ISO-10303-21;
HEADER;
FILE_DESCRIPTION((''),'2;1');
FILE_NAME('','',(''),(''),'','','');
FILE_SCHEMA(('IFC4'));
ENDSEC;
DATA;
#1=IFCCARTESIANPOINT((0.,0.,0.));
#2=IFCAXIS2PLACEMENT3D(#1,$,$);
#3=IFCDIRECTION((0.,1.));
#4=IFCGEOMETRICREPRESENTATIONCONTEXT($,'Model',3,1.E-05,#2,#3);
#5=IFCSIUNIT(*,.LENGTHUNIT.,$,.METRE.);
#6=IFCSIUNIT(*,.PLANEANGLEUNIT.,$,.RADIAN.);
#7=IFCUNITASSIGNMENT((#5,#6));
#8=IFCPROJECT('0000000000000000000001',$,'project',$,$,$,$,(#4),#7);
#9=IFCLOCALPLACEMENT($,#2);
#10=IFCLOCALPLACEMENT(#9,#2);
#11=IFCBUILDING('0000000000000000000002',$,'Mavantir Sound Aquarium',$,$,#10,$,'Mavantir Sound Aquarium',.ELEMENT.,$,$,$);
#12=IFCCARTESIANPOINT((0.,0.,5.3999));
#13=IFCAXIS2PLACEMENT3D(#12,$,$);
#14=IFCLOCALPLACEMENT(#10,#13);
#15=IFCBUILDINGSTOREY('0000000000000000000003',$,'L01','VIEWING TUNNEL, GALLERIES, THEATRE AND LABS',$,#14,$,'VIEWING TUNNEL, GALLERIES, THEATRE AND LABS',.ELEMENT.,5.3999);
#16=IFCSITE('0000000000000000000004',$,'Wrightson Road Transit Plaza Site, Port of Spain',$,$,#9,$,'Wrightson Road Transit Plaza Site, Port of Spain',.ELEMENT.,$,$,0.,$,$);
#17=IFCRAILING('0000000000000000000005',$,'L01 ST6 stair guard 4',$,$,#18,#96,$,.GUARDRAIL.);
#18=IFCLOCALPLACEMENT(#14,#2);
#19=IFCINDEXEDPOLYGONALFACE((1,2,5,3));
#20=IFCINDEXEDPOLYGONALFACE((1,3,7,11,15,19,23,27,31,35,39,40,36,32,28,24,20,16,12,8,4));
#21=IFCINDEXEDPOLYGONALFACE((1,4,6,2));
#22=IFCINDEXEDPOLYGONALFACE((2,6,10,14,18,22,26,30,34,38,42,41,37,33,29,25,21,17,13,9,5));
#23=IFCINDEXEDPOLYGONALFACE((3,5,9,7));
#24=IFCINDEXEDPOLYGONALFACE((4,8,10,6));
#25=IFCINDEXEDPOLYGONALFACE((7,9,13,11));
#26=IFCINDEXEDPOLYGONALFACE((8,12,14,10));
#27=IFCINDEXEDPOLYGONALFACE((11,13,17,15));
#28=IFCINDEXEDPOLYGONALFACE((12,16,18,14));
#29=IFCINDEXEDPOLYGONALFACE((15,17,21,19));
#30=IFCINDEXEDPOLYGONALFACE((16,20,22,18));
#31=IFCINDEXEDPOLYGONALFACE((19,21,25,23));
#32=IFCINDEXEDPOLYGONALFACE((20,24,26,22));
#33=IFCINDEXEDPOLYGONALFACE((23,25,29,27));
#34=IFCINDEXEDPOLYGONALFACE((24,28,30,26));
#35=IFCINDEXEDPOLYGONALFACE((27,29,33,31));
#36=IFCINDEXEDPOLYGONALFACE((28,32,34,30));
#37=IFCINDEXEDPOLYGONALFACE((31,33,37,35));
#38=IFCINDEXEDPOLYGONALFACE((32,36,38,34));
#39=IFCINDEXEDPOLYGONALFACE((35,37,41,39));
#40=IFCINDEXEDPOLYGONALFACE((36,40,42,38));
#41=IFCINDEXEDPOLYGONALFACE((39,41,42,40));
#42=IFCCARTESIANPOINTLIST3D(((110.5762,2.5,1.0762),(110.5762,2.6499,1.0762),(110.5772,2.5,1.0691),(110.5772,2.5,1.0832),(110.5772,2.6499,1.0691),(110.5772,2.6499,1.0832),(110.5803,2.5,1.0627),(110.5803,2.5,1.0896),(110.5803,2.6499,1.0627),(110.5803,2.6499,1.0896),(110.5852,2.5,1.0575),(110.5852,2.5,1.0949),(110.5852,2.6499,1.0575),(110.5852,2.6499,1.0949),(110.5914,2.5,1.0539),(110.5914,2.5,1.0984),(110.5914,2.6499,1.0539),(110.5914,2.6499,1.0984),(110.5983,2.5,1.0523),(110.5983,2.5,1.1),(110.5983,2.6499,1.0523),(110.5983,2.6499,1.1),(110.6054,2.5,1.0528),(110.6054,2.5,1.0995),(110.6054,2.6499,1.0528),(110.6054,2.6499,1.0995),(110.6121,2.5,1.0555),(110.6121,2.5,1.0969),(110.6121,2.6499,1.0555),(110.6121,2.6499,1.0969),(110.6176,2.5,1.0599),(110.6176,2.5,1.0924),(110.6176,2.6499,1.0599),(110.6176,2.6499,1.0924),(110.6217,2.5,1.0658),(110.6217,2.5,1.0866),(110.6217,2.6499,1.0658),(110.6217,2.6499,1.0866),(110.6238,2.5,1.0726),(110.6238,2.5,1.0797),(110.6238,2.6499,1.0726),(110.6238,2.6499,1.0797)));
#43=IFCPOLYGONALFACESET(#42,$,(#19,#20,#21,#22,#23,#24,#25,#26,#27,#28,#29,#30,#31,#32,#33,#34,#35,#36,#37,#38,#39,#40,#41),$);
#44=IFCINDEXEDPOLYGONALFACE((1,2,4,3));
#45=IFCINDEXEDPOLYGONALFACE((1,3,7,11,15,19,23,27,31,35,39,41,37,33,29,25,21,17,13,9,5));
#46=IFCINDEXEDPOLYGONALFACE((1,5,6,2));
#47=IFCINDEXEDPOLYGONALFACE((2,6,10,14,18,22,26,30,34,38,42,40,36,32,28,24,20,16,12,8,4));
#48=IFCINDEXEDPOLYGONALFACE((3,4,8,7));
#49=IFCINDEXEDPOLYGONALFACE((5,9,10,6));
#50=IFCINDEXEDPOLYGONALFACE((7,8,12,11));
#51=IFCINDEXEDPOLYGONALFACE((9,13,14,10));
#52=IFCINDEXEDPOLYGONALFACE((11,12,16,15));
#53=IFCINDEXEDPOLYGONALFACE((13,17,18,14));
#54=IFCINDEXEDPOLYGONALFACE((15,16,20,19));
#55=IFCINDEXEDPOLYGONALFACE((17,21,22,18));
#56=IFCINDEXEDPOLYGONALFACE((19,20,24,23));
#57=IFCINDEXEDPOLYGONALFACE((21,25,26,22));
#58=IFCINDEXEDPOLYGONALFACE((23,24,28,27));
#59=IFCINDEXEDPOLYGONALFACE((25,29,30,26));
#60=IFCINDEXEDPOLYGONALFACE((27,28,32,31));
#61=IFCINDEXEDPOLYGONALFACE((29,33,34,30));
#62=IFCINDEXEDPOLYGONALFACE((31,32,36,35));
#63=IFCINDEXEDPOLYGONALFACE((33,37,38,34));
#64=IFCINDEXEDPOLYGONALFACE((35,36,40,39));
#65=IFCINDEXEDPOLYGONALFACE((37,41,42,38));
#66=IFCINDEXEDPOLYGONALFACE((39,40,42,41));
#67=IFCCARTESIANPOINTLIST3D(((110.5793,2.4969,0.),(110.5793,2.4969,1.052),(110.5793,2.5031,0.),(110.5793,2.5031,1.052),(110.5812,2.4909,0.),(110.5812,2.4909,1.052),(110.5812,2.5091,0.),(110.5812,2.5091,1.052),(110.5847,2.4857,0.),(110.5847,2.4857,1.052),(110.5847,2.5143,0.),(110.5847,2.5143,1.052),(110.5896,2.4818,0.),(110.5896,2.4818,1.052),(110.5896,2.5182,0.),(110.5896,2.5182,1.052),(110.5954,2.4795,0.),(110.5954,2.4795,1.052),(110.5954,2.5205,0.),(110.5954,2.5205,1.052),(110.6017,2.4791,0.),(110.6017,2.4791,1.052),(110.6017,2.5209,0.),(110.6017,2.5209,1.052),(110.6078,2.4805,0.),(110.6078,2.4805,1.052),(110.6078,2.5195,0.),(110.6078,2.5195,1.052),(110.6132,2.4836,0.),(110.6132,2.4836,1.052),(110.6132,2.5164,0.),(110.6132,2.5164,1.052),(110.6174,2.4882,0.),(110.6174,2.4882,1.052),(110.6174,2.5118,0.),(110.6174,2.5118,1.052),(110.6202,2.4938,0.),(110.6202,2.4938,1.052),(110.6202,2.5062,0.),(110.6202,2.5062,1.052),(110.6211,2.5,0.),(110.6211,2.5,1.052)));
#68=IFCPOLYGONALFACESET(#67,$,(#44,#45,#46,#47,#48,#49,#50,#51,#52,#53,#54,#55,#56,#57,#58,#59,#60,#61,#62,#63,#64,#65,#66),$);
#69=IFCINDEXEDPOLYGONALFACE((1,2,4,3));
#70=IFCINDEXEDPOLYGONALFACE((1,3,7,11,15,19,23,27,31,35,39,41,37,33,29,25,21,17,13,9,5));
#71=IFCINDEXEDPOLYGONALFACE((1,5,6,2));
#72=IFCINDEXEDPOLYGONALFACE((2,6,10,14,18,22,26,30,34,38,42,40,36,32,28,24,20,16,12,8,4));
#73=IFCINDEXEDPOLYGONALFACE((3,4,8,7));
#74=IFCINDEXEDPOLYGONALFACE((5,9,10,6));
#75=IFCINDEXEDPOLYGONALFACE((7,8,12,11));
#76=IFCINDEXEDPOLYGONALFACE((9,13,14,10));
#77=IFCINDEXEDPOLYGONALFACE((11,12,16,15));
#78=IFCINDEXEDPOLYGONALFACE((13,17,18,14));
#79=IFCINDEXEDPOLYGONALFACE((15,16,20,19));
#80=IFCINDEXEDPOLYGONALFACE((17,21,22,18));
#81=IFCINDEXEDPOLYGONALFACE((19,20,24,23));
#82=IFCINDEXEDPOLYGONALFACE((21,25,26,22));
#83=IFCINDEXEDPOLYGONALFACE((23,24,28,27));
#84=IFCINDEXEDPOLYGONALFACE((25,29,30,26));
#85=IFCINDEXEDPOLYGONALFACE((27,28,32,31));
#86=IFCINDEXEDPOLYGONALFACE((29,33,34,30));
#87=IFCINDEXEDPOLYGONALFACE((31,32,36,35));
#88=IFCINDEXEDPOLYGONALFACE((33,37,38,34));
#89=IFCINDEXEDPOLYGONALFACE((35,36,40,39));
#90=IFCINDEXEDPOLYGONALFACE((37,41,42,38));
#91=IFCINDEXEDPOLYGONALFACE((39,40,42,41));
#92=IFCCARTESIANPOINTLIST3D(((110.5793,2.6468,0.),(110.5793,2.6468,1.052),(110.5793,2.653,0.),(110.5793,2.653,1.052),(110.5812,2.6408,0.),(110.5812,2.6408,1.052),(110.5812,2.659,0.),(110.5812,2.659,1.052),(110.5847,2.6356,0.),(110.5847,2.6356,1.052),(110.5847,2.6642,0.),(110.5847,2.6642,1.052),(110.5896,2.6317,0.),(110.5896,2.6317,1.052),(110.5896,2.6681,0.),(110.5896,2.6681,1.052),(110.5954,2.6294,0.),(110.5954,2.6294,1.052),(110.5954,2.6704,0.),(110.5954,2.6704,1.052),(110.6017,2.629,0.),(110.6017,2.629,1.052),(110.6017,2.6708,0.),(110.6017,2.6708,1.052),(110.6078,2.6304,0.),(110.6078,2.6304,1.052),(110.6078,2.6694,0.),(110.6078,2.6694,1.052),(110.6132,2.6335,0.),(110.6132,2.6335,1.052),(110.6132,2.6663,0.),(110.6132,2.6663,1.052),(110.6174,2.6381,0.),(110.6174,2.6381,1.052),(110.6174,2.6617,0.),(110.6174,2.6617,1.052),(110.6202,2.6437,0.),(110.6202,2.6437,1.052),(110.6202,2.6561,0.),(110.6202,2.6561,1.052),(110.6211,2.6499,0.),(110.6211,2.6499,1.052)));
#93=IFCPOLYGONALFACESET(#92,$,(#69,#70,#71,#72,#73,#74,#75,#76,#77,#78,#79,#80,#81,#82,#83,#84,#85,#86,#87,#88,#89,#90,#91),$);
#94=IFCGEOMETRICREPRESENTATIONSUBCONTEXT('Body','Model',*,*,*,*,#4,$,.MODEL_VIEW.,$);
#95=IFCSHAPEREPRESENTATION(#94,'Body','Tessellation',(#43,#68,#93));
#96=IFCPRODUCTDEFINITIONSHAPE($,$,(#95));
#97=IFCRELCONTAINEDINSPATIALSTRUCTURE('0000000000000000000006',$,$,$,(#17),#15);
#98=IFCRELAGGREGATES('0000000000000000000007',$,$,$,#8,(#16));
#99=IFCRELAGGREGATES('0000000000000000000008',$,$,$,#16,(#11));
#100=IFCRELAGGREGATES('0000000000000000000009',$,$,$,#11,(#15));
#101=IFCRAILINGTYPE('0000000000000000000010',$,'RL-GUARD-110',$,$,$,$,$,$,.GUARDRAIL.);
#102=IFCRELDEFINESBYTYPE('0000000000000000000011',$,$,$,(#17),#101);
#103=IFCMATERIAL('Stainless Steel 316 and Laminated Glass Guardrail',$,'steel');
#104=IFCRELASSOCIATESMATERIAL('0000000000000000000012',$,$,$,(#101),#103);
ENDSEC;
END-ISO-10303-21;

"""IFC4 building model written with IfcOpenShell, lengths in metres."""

from ifc_helpers import new_model, si_unit, direction, frame, origin, origin_2d, place, context, subcontext, project, spatial, circle, extrude, material, type_object, element, save


model = new_model("IFC4")

# Units and contexts
model_context = context("Model", 3, precision=1e-05, world=origin(), true_north=direction((0.0, 1.0)))
body_context = subcontext(model_context, "Body", "Model", "MODEL_VIEW")
ifc_project = project(units=[si_unit("LENGTHUNIT", "METRE"), si_unit("PLANEANGLEUNIT", "RADIAN")], contexts=[model_context])

# Site, building, storey
site_placement = place(None, origin())
site = spatial("IfcSite", under=ifc_project, at=site_placement, Name="Wrightson Road Transit Plaza Site, Port of Spain", LongName="Wrightson Road Transit Plaza Site, Port of Spain", CompositionType="ELEMENT", RefElevation=0.0)
building_placement = place(site_placement, origin())
building = spatial("IfcBuilding", under=site, at=building_placement, Name="Mavantir Sound Aquarium", LongName="Mavantir Sound Aquarium", CompositionType="ELEMENT")
storey_placement = place(building_placement, frame((0.0, 0.0, 5.3999)))
storey = spatial("IfcBuildingStorey", under=building, at=storey_placement, Name="L01", Description="VIEWING TUNNEL, GALLERIES, THEATRE AND LABS", LongName="VIEWING TUNNEL, GALLERIES, THEATRE AND LABS", CompositionType="ELEMENT", Elevation=5.3999)

# Railing
ifc_material_1 = material(Name="Stainless Steel 316 and Laminated Glass Guardrail", Category="steel")
railing_type_1 = type_object("IfcRailingType", Name="RL-GUARD-110", PredefinedType="GUARDRAIL", material=ifc_material_1)
railing_1_placement = place(storey_placement, frame((110.6001, 2.5, 0.0)))
element("IfcRailing", 1, at=railing_1_placement, inside=storey, type_object=railing_type_1, Name="L01 ST6 stair guard 4", PredefinedType="GUARDRAIL", context=body_context, shape_type="SweptSolid", body=[
    extrude(circle(Radius=0.0239, at=origin_2d()), frame((0.0, 0.0, 1.0762), z_axis=(0.0, 1.0, 0.0), x_axis=(-1.0, 0.0, 0.0)), (0.0, 0.0, 1.0), 0.1499),
    extrude(circle(Radius=0.021, at=origin_2d()), origin(), (0.0, 0.0, 1.0), 1.052),
    extrude(circle(Radius=0.021, at=origin_2d()), frame((0.0, 0.1499, 0.0)), (0.0, 0.0, 1.0), 1.052),
])

save(model, "model.ifc")
